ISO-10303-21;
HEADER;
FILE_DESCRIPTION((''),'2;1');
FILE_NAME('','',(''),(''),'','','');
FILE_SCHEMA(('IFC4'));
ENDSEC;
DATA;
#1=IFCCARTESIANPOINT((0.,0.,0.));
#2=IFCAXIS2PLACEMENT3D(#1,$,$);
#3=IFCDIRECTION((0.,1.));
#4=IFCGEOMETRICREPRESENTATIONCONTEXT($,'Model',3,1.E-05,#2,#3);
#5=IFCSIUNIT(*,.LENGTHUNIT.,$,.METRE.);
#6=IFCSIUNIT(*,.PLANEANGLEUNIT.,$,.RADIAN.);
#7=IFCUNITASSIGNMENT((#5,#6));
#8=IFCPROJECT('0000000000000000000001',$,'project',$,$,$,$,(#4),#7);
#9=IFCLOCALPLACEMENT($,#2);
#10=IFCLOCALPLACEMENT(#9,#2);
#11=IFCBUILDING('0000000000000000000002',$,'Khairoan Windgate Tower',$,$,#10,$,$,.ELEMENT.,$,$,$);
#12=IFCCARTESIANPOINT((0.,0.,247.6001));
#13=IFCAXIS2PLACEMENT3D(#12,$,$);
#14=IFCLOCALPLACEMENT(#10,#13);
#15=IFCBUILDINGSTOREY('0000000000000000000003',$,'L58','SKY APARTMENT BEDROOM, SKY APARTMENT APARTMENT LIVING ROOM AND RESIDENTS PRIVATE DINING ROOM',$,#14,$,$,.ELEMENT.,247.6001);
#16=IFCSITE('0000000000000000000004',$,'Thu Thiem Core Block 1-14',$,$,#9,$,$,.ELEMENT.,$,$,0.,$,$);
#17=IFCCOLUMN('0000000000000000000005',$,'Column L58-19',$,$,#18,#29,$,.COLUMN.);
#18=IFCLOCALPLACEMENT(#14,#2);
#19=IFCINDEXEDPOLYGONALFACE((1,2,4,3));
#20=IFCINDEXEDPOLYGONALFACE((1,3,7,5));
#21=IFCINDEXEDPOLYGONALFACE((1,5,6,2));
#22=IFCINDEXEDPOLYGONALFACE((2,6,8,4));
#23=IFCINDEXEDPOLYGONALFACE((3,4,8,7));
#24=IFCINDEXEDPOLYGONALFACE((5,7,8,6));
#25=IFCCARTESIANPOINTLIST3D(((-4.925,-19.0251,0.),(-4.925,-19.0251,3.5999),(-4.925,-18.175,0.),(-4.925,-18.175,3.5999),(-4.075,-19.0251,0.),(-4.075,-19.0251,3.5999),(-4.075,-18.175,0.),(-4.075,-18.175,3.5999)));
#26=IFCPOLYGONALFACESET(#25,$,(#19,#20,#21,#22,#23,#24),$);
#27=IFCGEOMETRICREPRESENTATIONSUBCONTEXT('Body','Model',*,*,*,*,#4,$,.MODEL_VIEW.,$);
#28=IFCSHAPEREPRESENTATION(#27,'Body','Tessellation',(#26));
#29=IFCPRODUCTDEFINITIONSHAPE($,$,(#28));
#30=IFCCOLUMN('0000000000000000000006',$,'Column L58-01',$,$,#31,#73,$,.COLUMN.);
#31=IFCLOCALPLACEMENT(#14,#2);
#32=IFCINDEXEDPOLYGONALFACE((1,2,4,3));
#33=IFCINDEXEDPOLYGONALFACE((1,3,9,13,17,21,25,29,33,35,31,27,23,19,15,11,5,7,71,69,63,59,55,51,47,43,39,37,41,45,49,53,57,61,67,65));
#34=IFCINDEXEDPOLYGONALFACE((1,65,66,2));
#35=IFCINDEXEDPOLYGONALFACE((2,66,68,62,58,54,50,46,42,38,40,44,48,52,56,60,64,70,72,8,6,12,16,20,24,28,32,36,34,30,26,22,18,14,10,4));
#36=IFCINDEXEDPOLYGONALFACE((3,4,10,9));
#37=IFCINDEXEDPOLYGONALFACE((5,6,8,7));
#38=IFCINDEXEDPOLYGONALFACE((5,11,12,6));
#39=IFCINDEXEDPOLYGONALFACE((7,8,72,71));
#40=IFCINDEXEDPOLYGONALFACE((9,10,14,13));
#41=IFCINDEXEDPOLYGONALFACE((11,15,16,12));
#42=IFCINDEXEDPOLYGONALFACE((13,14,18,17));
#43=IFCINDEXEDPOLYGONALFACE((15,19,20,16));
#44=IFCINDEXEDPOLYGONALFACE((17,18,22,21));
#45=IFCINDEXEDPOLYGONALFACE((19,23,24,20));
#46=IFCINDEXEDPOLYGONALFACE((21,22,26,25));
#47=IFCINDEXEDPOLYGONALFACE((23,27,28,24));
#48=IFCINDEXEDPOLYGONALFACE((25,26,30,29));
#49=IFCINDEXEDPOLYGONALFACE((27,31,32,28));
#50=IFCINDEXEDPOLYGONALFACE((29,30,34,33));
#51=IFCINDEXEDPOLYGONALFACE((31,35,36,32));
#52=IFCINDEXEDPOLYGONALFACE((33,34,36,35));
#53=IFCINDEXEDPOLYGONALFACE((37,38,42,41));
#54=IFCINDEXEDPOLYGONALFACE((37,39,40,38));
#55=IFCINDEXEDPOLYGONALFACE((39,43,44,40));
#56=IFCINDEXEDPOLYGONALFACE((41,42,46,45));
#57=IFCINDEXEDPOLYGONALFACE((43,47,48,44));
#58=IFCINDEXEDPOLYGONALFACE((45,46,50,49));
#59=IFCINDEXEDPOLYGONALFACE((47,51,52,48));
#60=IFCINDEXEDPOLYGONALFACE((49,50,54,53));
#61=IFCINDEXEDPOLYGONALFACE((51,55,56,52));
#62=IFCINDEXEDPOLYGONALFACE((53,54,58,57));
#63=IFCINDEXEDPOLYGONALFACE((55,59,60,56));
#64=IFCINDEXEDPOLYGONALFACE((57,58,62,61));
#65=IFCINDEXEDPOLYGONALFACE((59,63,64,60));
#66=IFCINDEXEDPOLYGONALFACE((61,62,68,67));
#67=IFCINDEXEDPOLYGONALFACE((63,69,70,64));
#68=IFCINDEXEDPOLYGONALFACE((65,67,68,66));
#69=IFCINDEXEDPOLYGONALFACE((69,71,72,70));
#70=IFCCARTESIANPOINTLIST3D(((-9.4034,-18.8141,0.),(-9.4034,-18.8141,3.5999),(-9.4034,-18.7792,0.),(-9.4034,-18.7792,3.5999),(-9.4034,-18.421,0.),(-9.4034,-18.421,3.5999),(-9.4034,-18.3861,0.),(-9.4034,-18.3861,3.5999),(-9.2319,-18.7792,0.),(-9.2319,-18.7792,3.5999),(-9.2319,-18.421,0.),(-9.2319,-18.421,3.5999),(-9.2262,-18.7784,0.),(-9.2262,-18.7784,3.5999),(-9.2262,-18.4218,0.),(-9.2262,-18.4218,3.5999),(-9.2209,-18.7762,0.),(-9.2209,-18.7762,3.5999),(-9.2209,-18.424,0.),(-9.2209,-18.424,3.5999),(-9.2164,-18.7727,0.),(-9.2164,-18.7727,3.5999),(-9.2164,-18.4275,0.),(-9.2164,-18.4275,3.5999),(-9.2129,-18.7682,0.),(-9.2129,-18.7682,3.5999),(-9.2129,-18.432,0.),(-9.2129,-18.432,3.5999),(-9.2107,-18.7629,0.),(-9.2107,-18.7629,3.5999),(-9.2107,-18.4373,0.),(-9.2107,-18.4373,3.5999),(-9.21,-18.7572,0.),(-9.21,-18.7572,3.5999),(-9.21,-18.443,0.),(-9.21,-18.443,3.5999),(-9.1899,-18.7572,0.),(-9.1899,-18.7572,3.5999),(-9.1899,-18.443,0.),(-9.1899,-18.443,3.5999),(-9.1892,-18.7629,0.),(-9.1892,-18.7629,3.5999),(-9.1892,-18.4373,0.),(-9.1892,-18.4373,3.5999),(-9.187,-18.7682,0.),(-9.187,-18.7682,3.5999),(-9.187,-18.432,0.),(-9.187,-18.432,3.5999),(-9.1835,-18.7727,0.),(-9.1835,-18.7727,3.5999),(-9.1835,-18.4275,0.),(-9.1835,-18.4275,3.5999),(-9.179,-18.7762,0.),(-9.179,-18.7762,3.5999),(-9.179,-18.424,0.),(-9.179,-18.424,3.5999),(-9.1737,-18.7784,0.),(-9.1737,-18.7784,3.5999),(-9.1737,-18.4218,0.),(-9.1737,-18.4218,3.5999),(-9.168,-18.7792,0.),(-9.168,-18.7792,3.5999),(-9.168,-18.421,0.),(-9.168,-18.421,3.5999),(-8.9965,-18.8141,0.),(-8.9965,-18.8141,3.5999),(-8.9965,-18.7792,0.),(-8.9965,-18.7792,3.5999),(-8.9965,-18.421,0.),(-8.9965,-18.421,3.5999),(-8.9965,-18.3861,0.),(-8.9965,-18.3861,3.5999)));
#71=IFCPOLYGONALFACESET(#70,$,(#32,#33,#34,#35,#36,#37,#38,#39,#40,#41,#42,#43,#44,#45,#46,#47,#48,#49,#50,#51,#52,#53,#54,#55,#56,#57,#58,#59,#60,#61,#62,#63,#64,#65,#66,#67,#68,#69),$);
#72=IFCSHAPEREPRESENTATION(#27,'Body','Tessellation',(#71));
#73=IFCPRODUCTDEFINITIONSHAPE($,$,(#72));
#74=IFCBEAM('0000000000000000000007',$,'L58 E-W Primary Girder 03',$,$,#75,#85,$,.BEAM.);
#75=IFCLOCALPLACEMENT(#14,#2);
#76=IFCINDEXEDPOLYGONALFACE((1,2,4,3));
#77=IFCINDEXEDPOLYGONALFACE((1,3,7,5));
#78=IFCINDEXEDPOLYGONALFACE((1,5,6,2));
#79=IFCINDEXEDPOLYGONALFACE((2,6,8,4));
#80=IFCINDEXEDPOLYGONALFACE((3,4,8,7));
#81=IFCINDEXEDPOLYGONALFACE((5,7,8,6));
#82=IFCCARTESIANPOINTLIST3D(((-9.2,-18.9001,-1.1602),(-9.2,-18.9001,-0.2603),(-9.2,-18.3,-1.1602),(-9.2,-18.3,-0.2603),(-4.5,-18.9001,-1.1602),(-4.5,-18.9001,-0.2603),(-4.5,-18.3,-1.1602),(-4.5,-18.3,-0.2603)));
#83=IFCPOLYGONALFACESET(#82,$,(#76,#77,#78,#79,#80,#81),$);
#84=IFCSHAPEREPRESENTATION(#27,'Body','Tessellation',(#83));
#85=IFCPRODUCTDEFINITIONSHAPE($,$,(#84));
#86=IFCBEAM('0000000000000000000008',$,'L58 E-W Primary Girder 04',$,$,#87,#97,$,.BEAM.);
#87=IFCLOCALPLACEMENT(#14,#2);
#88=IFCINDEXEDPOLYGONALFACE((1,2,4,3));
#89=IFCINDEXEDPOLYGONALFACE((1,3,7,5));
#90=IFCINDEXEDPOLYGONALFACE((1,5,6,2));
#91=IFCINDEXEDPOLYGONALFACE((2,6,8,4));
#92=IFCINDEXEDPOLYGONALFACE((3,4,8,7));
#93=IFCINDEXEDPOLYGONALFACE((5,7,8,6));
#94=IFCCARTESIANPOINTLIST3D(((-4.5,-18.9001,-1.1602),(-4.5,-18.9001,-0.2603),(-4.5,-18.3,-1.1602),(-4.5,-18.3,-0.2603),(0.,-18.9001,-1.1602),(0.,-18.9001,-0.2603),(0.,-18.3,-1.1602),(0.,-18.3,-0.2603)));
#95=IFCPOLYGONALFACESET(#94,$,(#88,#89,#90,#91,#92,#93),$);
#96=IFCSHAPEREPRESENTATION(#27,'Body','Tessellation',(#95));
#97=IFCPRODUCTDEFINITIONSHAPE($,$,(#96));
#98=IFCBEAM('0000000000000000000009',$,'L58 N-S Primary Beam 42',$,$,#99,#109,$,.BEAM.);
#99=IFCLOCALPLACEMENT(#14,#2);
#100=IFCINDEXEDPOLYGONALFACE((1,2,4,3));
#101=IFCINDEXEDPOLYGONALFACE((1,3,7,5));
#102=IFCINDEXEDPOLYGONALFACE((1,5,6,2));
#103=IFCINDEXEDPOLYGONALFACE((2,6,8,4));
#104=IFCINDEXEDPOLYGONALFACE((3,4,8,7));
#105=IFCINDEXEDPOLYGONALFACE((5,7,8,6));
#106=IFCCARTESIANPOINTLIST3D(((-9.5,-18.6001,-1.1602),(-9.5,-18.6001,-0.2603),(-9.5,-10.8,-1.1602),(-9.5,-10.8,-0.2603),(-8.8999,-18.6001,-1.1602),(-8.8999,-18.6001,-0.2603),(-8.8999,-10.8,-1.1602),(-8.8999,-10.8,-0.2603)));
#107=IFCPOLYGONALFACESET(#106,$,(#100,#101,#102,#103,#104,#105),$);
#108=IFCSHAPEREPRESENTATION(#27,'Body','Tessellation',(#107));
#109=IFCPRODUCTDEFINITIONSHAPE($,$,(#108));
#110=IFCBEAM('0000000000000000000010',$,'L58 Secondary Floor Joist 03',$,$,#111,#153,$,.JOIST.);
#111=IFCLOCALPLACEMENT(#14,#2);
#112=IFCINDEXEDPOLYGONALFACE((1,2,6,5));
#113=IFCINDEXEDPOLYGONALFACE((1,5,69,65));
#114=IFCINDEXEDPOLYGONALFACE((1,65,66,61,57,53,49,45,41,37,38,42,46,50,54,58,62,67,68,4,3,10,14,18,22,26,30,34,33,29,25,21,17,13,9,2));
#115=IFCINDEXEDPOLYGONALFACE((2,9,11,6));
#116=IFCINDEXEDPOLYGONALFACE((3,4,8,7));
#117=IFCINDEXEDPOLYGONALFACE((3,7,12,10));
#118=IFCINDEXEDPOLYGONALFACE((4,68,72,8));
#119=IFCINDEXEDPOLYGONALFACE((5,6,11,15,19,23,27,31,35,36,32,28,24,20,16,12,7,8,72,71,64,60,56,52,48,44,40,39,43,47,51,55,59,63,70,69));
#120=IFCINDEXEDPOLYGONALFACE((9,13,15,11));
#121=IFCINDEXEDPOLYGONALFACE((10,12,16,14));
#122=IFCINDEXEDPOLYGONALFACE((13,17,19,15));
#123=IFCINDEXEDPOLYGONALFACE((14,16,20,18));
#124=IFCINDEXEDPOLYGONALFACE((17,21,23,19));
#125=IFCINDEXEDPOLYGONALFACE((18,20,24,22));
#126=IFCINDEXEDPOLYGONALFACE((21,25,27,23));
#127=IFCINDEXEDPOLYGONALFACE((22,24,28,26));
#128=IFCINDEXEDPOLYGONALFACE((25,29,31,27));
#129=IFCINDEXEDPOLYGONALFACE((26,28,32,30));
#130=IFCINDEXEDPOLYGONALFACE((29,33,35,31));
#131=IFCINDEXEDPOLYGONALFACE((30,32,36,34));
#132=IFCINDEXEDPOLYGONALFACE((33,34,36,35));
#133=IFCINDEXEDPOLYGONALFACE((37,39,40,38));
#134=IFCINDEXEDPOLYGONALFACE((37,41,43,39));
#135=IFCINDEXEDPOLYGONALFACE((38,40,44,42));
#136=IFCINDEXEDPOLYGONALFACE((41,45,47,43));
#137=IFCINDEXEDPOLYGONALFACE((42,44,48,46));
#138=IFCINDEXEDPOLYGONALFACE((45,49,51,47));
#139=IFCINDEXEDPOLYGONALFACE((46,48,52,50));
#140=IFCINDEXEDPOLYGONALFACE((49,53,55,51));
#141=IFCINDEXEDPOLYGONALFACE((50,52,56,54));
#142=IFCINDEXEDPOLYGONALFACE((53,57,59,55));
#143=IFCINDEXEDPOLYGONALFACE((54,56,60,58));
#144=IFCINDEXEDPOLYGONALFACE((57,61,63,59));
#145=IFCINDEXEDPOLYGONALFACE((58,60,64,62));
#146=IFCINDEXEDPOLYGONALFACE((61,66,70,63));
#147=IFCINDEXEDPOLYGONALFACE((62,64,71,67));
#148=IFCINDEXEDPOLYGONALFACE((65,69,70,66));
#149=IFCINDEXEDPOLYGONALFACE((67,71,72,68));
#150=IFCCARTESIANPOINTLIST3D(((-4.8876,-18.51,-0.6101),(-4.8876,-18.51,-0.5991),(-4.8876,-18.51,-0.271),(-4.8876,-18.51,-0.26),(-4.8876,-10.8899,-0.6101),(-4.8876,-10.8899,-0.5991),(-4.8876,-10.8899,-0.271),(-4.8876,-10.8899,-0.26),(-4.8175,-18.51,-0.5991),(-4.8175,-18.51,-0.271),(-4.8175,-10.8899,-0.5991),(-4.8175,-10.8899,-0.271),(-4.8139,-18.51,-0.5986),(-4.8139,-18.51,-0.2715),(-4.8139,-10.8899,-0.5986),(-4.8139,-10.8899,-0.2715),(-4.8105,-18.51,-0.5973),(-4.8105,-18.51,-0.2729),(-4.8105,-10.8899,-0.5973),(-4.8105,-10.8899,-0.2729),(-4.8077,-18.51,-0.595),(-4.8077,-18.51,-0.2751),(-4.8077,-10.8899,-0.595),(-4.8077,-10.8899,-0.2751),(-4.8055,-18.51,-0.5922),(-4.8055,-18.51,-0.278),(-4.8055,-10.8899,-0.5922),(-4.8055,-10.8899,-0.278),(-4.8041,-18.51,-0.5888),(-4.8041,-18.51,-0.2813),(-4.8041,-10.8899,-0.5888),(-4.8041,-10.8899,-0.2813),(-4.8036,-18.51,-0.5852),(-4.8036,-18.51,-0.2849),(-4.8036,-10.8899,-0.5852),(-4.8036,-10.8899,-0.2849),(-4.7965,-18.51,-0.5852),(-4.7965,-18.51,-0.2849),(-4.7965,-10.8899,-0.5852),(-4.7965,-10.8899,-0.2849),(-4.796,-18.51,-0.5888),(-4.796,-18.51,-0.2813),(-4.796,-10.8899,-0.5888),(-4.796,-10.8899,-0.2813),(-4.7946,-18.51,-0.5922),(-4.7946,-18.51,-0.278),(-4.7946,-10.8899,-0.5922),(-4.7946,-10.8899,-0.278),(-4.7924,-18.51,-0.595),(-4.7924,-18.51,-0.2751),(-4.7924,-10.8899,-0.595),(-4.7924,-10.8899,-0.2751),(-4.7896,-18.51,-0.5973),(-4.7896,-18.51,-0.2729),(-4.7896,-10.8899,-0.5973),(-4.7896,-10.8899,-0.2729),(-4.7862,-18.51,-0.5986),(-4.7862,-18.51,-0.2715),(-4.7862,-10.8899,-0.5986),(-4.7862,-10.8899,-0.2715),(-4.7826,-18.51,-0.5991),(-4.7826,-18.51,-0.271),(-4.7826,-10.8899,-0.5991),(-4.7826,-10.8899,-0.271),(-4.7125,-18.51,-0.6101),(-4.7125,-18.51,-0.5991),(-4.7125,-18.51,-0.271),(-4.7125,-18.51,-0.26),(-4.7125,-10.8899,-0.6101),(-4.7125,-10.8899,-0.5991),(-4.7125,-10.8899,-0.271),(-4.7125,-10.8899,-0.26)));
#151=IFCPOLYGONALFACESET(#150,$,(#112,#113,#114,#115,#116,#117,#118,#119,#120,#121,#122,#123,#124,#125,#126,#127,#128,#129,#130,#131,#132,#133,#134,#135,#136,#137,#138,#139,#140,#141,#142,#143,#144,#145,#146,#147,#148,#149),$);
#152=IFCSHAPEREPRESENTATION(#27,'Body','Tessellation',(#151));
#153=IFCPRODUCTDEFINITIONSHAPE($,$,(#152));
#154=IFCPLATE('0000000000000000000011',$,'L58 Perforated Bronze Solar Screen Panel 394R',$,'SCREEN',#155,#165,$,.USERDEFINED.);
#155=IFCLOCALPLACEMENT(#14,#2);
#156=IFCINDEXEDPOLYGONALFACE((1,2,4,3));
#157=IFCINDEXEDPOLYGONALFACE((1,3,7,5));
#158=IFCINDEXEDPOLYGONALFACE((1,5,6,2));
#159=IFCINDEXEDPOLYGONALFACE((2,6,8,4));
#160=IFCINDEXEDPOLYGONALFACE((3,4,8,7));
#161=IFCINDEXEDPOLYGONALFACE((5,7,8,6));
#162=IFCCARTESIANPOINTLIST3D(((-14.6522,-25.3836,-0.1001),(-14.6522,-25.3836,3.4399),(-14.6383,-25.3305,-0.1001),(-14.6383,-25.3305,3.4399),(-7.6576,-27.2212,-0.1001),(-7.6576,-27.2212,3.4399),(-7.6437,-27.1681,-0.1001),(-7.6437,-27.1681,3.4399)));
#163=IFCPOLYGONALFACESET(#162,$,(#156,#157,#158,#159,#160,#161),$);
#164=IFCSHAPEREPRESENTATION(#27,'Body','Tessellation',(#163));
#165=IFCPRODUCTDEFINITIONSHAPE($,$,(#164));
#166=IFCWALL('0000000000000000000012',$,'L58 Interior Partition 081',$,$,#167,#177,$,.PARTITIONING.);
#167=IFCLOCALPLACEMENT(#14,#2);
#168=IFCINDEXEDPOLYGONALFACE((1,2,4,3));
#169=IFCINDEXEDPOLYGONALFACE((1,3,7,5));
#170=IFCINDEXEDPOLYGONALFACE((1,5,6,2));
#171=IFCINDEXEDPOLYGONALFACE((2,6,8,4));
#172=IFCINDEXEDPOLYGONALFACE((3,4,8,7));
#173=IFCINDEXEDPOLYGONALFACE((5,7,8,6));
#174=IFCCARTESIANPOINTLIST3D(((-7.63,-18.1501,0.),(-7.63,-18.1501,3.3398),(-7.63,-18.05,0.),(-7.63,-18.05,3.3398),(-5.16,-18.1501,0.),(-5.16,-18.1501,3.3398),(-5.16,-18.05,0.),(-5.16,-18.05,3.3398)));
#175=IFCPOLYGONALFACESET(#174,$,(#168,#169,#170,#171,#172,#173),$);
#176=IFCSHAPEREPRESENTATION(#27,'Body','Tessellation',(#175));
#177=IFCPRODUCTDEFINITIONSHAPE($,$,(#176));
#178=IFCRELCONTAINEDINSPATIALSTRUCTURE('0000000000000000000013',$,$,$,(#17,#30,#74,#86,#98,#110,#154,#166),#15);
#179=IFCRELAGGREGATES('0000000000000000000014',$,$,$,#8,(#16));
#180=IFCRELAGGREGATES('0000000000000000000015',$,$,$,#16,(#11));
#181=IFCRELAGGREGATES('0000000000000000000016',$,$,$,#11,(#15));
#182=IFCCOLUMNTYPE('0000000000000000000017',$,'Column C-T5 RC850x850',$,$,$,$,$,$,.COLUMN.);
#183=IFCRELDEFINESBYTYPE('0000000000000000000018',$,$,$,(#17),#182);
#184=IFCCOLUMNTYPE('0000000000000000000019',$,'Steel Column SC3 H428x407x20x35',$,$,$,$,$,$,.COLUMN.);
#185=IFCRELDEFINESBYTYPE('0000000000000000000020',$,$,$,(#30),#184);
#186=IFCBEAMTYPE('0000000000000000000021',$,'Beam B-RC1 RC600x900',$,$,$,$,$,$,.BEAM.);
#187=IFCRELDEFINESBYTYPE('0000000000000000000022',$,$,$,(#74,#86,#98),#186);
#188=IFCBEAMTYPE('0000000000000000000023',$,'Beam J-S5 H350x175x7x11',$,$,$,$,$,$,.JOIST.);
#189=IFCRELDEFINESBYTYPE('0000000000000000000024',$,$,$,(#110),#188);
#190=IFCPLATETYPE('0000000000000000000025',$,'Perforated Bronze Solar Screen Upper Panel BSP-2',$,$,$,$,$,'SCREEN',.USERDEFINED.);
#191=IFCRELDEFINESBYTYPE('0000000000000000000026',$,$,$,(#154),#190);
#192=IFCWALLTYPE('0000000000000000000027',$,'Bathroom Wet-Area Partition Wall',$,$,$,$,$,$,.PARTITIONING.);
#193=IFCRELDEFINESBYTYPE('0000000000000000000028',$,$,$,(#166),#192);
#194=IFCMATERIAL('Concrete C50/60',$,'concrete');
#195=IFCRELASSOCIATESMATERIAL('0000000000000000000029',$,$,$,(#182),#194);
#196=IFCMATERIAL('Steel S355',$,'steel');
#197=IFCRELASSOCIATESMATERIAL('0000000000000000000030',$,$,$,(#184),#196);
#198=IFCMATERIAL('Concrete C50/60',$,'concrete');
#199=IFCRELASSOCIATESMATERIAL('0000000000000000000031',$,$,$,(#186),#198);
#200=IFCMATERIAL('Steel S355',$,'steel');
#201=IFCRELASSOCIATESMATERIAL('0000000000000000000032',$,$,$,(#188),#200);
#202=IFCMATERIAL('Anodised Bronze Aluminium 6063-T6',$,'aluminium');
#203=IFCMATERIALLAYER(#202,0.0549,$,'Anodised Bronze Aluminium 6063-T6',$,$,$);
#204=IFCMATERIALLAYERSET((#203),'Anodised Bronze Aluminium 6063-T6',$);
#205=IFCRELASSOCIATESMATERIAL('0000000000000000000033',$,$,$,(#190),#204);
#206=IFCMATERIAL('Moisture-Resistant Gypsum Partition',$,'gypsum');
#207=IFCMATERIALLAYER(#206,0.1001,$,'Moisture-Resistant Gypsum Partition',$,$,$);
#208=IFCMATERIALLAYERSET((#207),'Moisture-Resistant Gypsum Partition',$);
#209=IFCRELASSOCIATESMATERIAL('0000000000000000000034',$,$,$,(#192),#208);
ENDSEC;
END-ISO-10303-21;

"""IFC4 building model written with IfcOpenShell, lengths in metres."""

from ifc_helpers import new_model, si_unit, direction, frame, frame_2d, origin, origin_2d, place, context, subcontext, project, spatial, rectangle, i_section, extrude, material, layer, layer_set, material_profile, profile_set, type_object, element, save


model = new_model("IFC4")

# Units and contexts
model_context = context("Model", 3, precision=1e-05, world=origin(), true_north=direction((0.0, 1.0)))
body_context = subcontext(model_context, "Body", "Model", "MODEL_VIEW")
ifc_project = project(units=[si_unit("LENGTHUNIT", "METRE"), si_unit("PLANEANGLEUNIT", "RADIAN")], contexts=[model_context])

# Site, building, storey
site_placement = place(None, origin())
site = spatial("IfcSite", under=ifc_project, at=site_placement, Name="Thu Thiem Core Block 1-14", CompositionType="ELEMENT", RefElevation=0.0)
building_placement = place(site_placement, origin())
building = spatial("IfcBuilding", under=site, at=building_placement, Name="Khairoan Windgate Tower", CompositionType="ELEMENT")
storey_placement = place(building_placement, frame((0.0, 0.0, 247.6001)))
storey = spatial("IfcBuildingStorey", under=building, at=storey_placement, Name="L58", Description="SKY APARTMENT BEDROOM, SKY APARTMENT APARTMENT LIVING ROOM AND RESIDENTS PRIVATE DINING ROOM", CompositionType="ELEMENT", Elevation=247.6001)

# Columns
ifc_material_1 = material(Name="Concrete C50/60", Category="concrete")
ifc_material_profile_1 = material_profile(ifc_material_1, rectangle(XDim=0.8501, YDim=0.8501, at=origin_2d()))
ifc_profile_set_1 = profile_set([ifc_material_profile_1], Name="Concrete C50/60")
column_type_1 = type_object("IfcColumnType", Name="Column C-T5 RC850x850", PredefinedType="COLUMN", material=ifc_profile_set_1)
column_1_placement = place(storey_placement, frame((-4.5, -18.6001, 0.0), z_axis=(0.0, 0.0, 1.0), x_axis=(1.0, 0.0, 0.0)))
element("IfcColumn", 1, at=column_1_placement, inside=storey, type_object=column_type_1, Name="Column L58-19", PredefinedType="COLUMN", context=body_context, shape_type="SweptSolid", body=[
    extrude(rectangle(XDim=0.8501, YDim=0.8501, at=origin_2d()), origin(), (0.0, 0.0, 1.0), 3.5999),
])
ifc_material_2 = material(Name="Steel S355", Category="steel")
ifc_material_profile_2 = material_profile(ifc_material_2, i_section(OverallWidth=0.407, OverallDepth=0.428, WebThickness=0.02, FlangeThickness=0.0349, FilletRadius=0.022, at=origin_2d()))
ifc_profile_set_2 = profile_set([ifc_material_profile_2], Name="Steel S355")
column_type_2 = type_object("IfcColumnType", Name="Steel Column SC3 H428x407x20x35", PredefinedType="COLUMN", material=ifc_profile_set_2)
column_2_placement = place(storey_placement, frame((-9.2, -18.6001, 0.0), z_axis=(0.0, 0.0, 1.0), x_axis=(1.0, 0.0, 0.0)))
element("IfcColumn", 2, at=column_2_placement, inside=storey, type_object=column_type_2, Name="Column L58-01", PredefinedType="COLUMN", context=body_context, shape_type="SweptSolid", body=[
    extrude(i_section(OverallWidth=0.407, OverallDepth=0.428, WebThickness=0.02, FlangeThickness=0.0349, FilletRadius=0.022, at=origin_2d()), origin(), (0.0, 0.0, 1.0), 3.5999),
])

# Beams
ifc_material_3 = material(Name="Concrete C50/60", Category="concrete")
ifc_material_profile_3 = material_profile(ifc_material_3, rectangle(XDim=0.6001, YDim=0.8999, at=origin_2d()))
ifc_profile_set_3 = profile_set([ifc_material_profile_3], Name="Concrete C50/60")
beam_type_1 = type_object("IfcBeamType", Name="Beam B-RC1 RC600x900", PredefinedType="BEAM", material=ifc_profile_set_3)
beam_1_placement = place(storey_placement, frame((-9.2, -18.6001, -0.7102), z_axis=(1.0, 0.0, 0.0), x_axis=(0.0, 1.0, 0.0)))
element("IfcBeam", 3, at=beam_1_placement, inside=storey, type_object=beam_type_1, Name="L58 E-W Primary Girder 03", PredefinedType="BEAM", context=body_context, shape_type="SweptSolid", body=[
    extrude(rectangle(XDim=0.6001, YDim=0.8999, at=origin_2d()), origin(), (0.0, 0.0, 1.0), 4.7),
])
beam_2_placement = place(storey_placement, frame((-4.5, -18.6001, -0.7102), z_axis=(1.0, 0.0, 0.0), x_axis=(0.0, 1.0, 0.0)))
element("IfcBeam", 4, at=beam_2_placement, inside=storey, type_object=beam_type_1, Name="L58 E-W Primary Girder 04", PredefinedType="BEAM", context=body_context, shape_type="SweptSolid", body=[
    extrude(rectangle(XDim=0.6001, YDim=0.8999, at=origin_2d()), origin(), (0.0, 0.0, 1.0), 4.5),
])
beam_3_placement = place(storey_placement, frame((-9.2, -18.6001, -0.7102), z_axis=(0.0, 1.0, 0.0), x_axis=(-1.0, 0.0, 0.0)))
element("IfcBeam", 5, at=beam_3_placement, inside=storey, type_object=beam_type_1, Name="L58 N-S Primary Beam 42", PredefinedType="BEAM", context=body_context, shape_type="SweptSolid", body=[
    extrude(rectangle(XDim=0.6001, YDim=0.8999, at=origin_2d()), origin(), (0.0, 0.0, 1.0), 7.8),
])
ifc_material_4 = material(Name="Steel S355", Category="steel")
ifc_material_profile_4 = material_profile(ifc_material_4, i_section(OverallWidth=0.175, OverallDepth=0.3501, WebThickness=0.0071, FlangeThickness=0.011, FilletRadius=0.0139, at=origin_2d()))
ifc_profile_set_4 = profile_set([ifc_material_profile_4], Name="Steel S355")
beam_type_2 = type_object("IfcBeamType", Name="Beam J-S5 H350x175x7x11", PredefinedType="JOIST", material=ifc_profile_set_4)
beam_4_placement = place(storey_placement, frame((-4.8, -18.51, -0.4351), z_axis=(0.0, 1.0, 0.0), x_axis=(-1.0, 0.0, 0.0)))
element("IfcBeam", 6, at=beam_4_placement, inside=storey, type_object=beam_type_2, Name="L58 Secondary Floor Joist 03", PredefinedType="JOIST", context=body_context, shape_type="SweptSolid", body=[
    extrude(i_section(OverallWidth=0.175, OverallDepth=0.3501, WebThickness=0.0071, FlangeThickness=0.011, FilletRadius=0.0139, at=origin_2d()), origin(), (0.0, 0.0, 1.0), 7.6201),
])

# Plate
ifc_material_5 = material(Name="Anodised Bronze Aluminium 6063-T6", Category="aluminium")
ifc_layer_1 = layer(ifc_material_5, 0.0549, Name="Anodised Bronze Aluminium 6063-T6")
ifc_layer_set_1 = layer_set([ifc_layer_1], Name="Anodised Bronze Aluminium 6063-T6")
plate_type = type_object("IfcPlateType", Name="Perforated Bronze Solar Screen Upper Panel BSP-2", ElementType="SCREEN", PredefinedType="USERDEFINED", material=ifc_layer_set_1)
plate_placement = place(storey_placement, frame((-11.1479, -26.2759, -0.1001), z_axis=(0.0, 0.0, 1.0), x_axis=(-0.967179, 0.254096, 0.0)))
element("IfcPlate", 7, at=plate_placement, inside=storey, type_object=plate_type, Name="L58 Perforated Bronze Solar Screen Panel 394R", ObjectType="SCREEN", PredefinedType="USERDEFINED", context=body_context, shape_type="SweptSolid", body=[
    extrude(rectangle(XDim=7.2319, YDim=0.0549, at=origin_2d()), origin(), (0.0, 0.0, 1.0), 3.54),
])

# Wall
ifc_material_6 = material(Name="Moisture-Resistant Gypsum Partition", Category="gypsum")
ifc_layer_2 = layer(ifc_material_6, 0.1001, Name="Moisture-Resistant Gypsum Partition")
ifc_layer_set_2 = layer_set([ifc_layer_2], Name="Moisture-Resistant Gypsum Partition")
wall_type_1 = type_object("IfcWallType", Name="Bathroom Wet-Area Partition Wall", PredefinedType="PARTITIONING", material=ifc_layer_set_2)
wall_1_placement = place(storey_placement, frame((-7.6299, -18.1001, 0.0), z_axis=(0.0, 0.0, 1.0), x_axis=(1.0, 0.0, 0.0)))
element("IfcWall", 8, at=wall_1_placement, inside=storey, type_object=wall_type_1, Name="L58 Interior Partition 081", PredefinedType="PARTITIONING", context=body_context, shape_type="SweptSolid", body=[
    extrude(rectangle(XDim=2.47, YDim=0.1001, at=frame_2d((1.2349, 0.0))), origin(), (0.0, 0.0, 1.0), 3.3398),
])

save(model, "model.ifc")
